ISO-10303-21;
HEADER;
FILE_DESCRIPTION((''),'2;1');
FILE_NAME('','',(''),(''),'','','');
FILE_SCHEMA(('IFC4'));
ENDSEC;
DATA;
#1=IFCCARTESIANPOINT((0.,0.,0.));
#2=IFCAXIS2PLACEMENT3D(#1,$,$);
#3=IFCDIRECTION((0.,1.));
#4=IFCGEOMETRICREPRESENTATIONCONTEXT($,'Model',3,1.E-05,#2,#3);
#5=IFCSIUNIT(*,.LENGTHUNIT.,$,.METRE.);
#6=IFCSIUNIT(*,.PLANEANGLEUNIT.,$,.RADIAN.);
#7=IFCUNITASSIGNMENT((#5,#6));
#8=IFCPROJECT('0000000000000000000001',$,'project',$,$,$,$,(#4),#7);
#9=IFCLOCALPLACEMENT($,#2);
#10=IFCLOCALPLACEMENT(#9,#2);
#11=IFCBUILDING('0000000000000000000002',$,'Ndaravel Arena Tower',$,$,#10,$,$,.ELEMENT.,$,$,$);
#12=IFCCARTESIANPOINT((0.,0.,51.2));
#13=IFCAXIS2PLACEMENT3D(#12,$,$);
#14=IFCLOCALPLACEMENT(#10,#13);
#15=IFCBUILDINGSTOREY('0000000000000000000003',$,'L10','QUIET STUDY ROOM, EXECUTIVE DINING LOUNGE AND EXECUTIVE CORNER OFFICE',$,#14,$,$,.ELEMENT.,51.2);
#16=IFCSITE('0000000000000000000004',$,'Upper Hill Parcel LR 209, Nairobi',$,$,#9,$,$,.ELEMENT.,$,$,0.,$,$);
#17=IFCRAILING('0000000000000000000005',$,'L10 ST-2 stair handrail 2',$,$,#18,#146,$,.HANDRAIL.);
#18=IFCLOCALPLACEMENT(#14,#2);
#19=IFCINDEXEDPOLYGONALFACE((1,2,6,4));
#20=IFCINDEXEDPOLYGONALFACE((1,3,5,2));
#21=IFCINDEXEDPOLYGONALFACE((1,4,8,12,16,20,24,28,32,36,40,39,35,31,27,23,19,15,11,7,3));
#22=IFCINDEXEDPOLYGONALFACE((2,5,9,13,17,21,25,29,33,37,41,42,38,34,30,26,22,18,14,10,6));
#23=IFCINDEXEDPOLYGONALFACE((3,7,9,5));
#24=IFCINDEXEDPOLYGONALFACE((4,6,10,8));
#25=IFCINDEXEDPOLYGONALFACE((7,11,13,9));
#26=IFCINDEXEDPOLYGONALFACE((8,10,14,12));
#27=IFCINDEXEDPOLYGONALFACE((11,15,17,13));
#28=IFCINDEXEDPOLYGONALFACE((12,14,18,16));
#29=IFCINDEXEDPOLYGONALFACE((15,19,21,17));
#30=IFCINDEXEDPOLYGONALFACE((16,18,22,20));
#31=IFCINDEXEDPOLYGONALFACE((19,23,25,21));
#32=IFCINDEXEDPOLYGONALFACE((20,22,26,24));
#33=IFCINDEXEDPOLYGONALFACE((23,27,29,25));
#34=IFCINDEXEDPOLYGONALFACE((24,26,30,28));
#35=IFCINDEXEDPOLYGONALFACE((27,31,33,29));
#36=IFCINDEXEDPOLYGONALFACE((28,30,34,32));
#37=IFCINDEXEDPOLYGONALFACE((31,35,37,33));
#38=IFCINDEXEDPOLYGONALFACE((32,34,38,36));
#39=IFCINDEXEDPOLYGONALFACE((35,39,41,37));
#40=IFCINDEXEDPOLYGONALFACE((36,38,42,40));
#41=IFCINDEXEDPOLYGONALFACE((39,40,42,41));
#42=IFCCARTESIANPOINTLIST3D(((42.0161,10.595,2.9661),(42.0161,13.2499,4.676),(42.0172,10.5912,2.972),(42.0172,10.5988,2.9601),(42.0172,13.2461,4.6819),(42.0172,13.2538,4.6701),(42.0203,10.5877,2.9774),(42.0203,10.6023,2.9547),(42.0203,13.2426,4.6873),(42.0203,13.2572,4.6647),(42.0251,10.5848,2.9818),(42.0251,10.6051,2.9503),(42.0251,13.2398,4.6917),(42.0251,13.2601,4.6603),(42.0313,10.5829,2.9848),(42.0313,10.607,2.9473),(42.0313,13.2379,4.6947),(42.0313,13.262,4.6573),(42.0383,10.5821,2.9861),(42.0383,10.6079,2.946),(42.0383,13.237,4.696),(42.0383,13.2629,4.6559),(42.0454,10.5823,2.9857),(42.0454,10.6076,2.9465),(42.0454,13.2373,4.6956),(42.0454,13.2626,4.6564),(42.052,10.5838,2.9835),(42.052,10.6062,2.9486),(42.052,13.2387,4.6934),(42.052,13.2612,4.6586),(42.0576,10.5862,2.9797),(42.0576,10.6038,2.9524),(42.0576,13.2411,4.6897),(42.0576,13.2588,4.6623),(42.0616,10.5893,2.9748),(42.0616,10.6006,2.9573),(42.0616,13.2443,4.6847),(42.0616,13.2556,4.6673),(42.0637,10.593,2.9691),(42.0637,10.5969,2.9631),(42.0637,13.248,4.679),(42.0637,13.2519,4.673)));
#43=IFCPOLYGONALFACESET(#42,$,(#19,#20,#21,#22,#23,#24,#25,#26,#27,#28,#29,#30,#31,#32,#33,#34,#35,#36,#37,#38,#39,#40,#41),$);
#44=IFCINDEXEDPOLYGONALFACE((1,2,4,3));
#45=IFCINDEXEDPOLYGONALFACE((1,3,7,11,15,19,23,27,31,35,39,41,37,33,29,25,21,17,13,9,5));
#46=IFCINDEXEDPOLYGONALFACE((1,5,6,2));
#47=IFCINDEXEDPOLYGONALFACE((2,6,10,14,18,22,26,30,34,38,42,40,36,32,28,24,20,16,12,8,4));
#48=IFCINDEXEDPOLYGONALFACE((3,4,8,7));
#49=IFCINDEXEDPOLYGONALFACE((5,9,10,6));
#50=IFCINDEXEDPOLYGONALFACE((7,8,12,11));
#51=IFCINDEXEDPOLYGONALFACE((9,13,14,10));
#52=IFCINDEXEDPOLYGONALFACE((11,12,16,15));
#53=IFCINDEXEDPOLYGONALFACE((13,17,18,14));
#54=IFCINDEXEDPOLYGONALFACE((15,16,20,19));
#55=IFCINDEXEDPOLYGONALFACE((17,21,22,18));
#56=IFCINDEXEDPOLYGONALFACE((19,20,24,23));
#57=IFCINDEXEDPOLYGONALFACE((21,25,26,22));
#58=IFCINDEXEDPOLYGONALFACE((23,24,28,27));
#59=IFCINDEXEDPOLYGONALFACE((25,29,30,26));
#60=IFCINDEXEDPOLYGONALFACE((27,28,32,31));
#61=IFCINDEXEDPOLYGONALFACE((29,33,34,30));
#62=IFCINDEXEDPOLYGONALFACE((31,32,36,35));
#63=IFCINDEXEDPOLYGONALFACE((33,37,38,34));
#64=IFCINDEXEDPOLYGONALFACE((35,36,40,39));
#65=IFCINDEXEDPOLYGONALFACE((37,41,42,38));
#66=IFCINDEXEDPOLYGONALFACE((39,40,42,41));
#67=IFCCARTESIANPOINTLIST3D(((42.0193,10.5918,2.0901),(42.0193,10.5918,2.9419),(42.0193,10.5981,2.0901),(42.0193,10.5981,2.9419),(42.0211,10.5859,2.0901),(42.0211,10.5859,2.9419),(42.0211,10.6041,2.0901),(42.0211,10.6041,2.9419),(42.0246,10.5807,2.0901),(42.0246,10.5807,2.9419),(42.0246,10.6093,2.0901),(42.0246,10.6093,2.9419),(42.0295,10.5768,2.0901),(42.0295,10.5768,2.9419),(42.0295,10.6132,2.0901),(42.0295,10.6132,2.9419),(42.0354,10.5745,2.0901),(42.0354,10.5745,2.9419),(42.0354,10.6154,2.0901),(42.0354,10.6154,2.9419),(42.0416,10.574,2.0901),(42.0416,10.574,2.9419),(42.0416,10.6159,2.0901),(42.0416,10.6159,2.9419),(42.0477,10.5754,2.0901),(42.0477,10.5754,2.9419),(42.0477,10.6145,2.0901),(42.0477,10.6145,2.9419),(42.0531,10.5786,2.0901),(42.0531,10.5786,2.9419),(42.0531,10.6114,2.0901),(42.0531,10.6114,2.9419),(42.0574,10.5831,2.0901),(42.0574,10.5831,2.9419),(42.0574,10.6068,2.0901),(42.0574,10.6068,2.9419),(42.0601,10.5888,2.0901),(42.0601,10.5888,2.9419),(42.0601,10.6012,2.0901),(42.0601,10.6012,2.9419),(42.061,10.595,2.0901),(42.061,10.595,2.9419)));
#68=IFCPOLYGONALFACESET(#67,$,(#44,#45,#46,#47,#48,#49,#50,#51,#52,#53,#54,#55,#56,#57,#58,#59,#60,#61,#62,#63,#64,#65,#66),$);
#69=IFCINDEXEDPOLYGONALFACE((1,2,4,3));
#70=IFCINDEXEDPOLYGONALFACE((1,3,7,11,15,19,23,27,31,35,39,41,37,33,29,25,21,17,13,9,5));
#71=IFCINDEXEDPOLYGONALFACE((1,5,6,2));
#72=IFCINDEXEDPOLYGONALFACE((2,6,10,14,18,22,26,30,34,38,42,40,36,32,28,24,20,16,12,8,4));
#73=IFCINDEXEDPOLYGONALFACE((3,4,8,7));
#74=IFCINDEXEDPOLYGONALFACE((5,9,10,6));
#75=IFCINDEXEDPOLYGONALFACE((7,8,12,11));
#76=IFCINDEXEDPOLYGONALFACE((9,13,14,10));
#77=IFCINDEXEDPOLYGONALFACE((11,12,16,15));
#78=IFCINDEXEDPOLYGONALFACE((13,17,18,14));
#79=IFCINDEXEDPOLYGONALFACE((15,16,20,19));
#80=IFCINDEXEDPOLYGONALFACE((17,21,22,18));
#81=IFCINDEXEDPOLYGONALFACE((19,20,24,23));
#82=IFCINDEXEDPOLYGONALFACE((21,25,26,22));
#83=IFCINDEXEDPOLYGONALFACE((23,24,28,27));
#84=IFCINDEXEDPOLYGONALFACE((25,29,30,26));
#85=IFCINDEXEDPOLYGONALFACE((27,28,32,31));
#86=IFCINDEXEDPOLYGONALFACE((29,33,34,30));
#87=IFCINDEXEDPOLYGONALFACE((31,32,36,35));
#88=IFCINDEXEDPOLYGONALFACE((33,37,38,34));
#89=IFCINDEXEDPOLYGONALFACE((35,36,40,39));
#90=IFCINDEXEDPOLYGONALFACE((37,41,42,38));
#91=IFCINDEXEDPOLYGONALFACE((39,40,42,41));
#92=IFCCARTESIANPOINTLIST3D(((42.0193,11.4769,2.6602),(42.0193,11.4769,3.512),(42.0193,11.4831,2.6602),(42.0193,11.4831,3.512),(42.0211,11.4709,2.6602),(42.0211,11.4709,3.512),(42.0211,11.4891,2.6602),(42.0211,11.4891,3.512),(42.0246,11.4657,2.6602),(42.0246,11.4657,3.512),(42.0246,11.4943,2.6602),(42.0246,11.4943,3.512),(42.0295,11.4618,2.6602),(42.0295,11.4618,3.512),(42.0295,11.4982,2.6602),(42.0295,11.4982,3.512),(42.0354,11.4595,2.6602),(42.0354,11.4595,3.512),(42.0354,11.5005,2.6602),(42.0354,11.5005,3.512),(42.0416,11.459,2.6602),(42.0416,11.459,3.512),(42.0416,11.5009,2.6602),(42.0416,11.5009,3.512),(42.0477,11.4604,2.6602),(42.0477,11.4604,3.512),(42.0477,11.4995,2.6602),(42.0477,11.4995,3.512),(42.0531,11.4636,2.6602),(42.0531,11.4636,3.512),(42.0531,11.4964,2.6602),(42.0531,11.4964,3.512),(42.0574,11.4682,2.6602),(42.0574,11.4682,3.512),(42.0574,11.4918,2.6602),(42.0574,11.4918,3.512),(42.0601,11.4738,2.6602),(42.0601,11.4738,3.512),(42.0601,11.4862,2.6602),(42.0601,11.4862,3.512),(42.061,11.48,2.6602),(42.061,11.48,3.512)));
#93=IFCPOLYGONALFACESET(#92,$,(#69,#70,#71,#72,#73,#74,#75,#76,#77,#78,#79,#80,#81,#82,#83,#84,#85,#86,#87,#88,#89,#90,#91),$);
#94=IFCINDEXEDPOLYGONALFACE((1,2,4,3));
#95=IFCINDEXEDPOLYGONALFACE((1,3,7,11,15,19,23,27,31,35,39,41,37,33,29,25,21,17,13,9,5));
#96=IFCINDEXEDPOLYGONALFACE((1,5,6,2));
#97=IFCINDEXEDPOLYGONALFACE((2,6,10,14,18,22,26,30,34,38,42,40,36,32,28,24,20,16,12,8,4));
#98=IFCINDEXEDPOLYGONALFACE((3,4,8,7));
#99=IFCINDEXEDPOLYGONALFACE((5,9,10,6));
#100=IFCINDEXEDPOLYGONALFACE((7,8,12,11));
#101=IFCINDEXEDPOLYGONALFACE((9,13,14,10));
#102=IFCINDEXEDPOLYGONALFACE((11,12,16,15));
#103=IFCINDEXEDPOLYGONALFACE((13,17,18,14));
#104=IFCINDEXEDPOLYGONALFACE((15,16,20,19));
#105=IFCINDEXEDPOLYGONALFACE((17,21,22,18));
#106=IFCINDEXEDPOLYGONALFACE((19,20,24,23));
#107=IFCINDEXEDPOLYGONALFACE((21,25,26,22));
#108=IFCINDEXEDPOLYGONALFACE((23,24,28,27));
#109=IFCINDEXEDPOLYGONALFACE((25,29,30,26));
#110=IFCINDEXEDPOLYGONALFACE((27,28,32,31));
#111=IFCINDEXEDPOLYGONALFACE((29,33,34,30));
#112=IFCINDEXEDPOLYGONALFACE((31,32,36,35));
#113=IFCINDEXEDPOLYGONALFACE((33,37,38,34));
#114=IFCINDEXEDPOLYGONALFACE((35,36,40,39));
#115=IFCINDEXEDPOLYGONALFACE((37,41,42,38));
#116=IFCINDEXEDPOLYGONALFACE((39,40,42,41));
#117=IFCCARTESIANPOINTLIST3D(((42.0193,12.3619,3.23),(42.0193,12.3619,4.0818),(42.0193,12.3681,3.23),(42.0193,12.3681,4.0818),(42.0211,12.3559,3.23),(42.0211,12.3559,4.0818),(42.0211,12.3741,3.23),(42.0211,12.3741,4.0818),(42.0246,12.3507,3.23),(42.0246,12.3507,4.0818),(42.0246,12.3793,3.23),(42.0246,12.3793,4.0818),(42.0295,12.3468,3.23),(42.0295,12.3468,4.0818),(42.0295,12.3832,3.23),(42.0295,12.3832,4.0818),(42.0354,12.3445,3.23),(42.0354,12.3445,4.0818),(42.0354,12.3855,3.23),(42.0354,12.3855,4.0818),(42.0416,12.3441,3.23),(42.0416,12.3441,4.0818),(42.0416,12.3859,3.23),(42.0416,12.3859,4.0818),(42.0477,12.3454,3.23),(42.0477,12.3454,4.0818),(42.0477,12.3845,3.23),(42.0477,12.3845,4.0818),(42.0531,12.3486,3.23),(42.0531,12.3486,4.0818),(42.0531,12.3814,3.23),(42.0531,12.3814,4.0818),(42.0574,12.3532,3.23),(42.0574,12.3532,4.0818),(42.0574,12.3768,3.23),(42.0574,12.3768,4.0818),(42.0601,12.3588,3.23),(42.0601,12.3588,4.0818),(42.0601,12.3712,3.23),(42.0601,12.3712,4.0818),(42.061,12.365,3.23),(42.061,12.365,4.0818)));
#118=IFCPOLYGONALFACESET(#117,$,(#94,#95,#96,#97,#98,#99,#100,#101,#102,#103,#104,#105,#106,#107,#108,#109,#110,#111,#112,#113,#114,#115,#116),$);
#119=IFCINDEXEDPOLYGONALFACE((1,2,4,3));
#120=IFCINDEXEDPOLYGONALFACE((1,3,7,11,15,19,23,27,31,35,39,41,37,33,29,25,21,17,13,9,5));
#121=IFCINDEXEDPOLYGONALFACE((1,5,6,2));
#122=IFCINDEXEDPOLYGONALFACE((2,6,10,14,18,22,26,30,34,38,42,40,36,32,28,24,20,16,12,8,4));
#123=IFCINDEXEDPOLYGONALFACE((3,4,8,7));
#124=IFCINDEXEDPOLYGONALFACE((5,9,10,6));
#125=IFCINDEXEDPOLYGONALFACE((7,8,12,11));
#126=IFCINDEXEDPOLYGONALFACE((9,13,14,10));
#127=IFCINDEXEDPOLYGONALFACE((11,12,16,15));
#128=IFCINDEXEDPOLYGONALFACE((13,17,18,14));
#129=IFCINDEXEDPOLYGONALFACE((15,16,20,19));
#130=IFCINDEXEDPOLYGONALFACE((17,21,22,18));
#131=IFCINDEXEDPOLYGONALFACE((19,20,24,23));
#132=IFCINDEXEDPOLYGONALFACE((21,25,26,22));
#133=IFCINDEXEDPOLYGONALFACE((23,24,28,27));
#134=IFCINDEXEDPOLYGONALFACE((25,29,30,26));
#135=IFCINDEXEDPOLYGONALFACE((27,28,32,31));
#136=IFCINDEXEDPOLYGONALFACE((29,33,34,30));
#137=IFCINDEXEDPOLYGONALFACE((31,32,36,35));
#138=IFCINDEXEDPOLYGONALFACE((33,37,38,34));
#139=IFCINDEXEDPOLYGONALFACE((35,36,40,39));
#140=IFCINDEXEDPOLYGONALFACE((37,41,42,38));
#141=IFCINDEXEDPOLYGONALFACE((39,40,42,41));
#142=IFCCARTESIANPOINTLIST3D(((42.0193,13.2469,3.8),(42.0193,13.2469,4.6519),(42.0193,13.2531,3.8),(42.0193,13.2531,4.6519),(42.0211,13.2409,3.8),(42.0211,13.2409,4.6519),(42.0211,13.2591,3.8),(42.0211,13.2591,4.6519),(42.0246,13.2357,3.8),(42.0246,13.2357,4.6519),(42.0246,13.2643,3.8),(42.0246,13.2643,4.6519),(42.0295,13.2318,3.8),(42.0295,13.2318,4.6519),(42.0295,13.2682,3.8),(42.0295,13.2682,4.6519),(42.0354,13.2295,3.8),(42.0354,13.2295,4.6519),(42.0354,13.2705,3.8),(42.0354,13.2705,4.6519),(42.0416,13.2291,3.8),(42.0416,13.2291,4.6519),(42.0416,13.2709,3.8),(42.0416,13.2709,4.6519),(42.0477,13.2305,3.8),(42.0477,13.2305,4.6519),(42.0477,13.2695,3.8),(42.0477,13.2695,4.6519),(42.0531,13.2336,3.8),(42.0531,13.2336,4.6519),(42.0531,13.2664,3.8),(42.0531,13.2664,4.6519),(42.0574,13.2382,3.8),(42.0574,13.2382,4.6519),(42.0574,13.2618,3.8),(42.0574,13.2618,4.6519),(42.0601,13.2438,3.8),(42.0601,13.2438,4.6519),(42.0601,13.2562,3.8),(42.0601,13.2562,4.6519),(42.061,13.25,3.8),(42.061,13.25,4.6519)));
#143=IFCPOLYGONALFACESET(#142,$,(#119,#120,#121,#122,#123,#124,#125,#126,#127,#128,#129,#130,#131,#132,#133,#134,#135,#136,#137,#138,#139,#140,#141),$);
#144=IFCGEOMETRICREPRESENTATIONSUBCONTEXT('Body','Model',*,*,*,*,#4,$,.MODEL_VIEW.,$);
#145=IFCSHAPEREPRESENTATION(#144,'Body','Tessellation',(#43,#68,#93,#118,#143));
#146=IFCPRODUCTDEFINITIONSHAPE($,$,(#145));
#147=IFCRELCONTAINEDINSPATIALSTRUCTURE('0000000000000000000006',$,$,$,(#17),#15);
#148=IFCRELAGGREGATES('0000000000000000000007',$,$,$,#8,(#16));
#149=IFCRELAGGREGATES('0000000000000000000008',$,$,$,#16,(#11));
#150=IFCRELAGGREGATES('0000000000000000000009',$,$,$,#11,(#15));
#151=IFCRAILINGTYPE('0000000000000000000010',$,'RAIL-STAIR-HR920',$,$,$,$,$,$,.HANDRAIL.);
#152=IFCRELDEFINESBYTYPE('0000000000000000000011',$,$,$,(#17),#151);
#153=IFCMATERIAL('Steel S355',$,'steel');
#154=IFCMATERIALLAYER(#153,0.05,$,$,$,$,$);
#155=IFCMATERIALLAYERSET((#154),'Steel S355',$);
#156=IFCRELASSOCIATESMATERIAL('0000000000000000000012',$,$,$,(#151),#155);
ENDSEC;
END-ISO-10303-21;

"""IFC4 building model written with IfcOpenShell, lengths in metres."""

from ifc_helpers import new_model, si_unit, direction, frame, origin, origin_2d, place, context, subcontext, project, spatial, circle, extrude, material, layer, layer_set, type_object, element, save


model = new_model("IFC4")

# Units and contexts
model_context = context("Model", 3, precision=1e-05, world=origin(), true_north=direction((0.0, 1.0)))
body_context = subcontext(model_context, "Body", "Model", "MODEL_VIEW")
ifc_project = project(units=[si_unit("LENGTHUNIT", "METRE"), si_unit("PLANEANGLEUNIT", "RADIAN")], contexts=[model_context])

# Site, building, storey
site_placement = place(None, origin())
site = spatial("IfcSite", under=ifc_project, at=site_placement, Name="Upper Hill Parcel LR 209, Nairobi", CompositionType="ELEMENT", RefElevation=0.0)
building_placement = place(site_placement, origin())
building = spatial("IfcBuilding", under=site, at=building_placement, Name="Ndaravel Arena Tower", CompositionType="ELEMENT")
storey_placement = place(building_placement, frame((0.0, 0.0, 51.2)))
storey = spatial("IfcBuildingStorey", under=building, at=storey_placement, Name="L10", Description="QUIET STUDY ROOM, EXECUTIVE DINING LOUNGE AND EXECUTIVE CORNER OFFICE", CompositionType="ELEMENT", Elevation=51.2)

# Railing
ifc_material_1 = material(Name="Steel S355", Category="steel")
ifc_layer_1 = layer(ifc_material_1, 0.05)
ifc_layer_set_1 = layer_set([ifc_layer_1], Name="Steel S355")
railing_type_1 = type_object("IfcRailingType", Name="RAIL-STAIR-HR920", PredefinedType="HANDRAIL", material=ifc_layer_set_1)
railing_1_placement = place(storey_placement, frame((42.04, 10.595, 2.0901)))
element("IfcRailing", 1, at=railing_1_placement, inside=storey, type_object=railing_type_1, Name="L10 ST-2 stair handrail 2", PredefinedType="HANDRAIL", context=body_context, shape_type="SweptSolid", body=[
    extrude(circle(Radius=0.0239, at=origin_2d()), frame((0.0, 0.0, 0.876), z_axis=(0.0, 0.840724, 0.541465), x_axis=(-1.0, 0.0, 0.0)), (0.0, 0.0, 1.0), 3.158),
    extrude(circle(Radius=0.021, at=origin_2d()), origin(), (0.0, 0.0, 1.0), 0.8518),
    extrude(circle(Radius=0.021, at=origin_2d()), frame((0.0, 0.885, 0.5701)), (0.0, 0.0, 1.0), 0.8518),
    extrude(circle(Radius=0.021, at=origin_2d()), frame((0.0, 1.77, 1.1399)), (0.0, 0.0, 1.0), 0.8518),
    extrude(circle(Radius=0.021, at=origin_2d()), frame((0.0, 2.655, 1.71)), (0.0, 0.0, 1.0), 0.8518),
])

save(model, "model.ifc")
